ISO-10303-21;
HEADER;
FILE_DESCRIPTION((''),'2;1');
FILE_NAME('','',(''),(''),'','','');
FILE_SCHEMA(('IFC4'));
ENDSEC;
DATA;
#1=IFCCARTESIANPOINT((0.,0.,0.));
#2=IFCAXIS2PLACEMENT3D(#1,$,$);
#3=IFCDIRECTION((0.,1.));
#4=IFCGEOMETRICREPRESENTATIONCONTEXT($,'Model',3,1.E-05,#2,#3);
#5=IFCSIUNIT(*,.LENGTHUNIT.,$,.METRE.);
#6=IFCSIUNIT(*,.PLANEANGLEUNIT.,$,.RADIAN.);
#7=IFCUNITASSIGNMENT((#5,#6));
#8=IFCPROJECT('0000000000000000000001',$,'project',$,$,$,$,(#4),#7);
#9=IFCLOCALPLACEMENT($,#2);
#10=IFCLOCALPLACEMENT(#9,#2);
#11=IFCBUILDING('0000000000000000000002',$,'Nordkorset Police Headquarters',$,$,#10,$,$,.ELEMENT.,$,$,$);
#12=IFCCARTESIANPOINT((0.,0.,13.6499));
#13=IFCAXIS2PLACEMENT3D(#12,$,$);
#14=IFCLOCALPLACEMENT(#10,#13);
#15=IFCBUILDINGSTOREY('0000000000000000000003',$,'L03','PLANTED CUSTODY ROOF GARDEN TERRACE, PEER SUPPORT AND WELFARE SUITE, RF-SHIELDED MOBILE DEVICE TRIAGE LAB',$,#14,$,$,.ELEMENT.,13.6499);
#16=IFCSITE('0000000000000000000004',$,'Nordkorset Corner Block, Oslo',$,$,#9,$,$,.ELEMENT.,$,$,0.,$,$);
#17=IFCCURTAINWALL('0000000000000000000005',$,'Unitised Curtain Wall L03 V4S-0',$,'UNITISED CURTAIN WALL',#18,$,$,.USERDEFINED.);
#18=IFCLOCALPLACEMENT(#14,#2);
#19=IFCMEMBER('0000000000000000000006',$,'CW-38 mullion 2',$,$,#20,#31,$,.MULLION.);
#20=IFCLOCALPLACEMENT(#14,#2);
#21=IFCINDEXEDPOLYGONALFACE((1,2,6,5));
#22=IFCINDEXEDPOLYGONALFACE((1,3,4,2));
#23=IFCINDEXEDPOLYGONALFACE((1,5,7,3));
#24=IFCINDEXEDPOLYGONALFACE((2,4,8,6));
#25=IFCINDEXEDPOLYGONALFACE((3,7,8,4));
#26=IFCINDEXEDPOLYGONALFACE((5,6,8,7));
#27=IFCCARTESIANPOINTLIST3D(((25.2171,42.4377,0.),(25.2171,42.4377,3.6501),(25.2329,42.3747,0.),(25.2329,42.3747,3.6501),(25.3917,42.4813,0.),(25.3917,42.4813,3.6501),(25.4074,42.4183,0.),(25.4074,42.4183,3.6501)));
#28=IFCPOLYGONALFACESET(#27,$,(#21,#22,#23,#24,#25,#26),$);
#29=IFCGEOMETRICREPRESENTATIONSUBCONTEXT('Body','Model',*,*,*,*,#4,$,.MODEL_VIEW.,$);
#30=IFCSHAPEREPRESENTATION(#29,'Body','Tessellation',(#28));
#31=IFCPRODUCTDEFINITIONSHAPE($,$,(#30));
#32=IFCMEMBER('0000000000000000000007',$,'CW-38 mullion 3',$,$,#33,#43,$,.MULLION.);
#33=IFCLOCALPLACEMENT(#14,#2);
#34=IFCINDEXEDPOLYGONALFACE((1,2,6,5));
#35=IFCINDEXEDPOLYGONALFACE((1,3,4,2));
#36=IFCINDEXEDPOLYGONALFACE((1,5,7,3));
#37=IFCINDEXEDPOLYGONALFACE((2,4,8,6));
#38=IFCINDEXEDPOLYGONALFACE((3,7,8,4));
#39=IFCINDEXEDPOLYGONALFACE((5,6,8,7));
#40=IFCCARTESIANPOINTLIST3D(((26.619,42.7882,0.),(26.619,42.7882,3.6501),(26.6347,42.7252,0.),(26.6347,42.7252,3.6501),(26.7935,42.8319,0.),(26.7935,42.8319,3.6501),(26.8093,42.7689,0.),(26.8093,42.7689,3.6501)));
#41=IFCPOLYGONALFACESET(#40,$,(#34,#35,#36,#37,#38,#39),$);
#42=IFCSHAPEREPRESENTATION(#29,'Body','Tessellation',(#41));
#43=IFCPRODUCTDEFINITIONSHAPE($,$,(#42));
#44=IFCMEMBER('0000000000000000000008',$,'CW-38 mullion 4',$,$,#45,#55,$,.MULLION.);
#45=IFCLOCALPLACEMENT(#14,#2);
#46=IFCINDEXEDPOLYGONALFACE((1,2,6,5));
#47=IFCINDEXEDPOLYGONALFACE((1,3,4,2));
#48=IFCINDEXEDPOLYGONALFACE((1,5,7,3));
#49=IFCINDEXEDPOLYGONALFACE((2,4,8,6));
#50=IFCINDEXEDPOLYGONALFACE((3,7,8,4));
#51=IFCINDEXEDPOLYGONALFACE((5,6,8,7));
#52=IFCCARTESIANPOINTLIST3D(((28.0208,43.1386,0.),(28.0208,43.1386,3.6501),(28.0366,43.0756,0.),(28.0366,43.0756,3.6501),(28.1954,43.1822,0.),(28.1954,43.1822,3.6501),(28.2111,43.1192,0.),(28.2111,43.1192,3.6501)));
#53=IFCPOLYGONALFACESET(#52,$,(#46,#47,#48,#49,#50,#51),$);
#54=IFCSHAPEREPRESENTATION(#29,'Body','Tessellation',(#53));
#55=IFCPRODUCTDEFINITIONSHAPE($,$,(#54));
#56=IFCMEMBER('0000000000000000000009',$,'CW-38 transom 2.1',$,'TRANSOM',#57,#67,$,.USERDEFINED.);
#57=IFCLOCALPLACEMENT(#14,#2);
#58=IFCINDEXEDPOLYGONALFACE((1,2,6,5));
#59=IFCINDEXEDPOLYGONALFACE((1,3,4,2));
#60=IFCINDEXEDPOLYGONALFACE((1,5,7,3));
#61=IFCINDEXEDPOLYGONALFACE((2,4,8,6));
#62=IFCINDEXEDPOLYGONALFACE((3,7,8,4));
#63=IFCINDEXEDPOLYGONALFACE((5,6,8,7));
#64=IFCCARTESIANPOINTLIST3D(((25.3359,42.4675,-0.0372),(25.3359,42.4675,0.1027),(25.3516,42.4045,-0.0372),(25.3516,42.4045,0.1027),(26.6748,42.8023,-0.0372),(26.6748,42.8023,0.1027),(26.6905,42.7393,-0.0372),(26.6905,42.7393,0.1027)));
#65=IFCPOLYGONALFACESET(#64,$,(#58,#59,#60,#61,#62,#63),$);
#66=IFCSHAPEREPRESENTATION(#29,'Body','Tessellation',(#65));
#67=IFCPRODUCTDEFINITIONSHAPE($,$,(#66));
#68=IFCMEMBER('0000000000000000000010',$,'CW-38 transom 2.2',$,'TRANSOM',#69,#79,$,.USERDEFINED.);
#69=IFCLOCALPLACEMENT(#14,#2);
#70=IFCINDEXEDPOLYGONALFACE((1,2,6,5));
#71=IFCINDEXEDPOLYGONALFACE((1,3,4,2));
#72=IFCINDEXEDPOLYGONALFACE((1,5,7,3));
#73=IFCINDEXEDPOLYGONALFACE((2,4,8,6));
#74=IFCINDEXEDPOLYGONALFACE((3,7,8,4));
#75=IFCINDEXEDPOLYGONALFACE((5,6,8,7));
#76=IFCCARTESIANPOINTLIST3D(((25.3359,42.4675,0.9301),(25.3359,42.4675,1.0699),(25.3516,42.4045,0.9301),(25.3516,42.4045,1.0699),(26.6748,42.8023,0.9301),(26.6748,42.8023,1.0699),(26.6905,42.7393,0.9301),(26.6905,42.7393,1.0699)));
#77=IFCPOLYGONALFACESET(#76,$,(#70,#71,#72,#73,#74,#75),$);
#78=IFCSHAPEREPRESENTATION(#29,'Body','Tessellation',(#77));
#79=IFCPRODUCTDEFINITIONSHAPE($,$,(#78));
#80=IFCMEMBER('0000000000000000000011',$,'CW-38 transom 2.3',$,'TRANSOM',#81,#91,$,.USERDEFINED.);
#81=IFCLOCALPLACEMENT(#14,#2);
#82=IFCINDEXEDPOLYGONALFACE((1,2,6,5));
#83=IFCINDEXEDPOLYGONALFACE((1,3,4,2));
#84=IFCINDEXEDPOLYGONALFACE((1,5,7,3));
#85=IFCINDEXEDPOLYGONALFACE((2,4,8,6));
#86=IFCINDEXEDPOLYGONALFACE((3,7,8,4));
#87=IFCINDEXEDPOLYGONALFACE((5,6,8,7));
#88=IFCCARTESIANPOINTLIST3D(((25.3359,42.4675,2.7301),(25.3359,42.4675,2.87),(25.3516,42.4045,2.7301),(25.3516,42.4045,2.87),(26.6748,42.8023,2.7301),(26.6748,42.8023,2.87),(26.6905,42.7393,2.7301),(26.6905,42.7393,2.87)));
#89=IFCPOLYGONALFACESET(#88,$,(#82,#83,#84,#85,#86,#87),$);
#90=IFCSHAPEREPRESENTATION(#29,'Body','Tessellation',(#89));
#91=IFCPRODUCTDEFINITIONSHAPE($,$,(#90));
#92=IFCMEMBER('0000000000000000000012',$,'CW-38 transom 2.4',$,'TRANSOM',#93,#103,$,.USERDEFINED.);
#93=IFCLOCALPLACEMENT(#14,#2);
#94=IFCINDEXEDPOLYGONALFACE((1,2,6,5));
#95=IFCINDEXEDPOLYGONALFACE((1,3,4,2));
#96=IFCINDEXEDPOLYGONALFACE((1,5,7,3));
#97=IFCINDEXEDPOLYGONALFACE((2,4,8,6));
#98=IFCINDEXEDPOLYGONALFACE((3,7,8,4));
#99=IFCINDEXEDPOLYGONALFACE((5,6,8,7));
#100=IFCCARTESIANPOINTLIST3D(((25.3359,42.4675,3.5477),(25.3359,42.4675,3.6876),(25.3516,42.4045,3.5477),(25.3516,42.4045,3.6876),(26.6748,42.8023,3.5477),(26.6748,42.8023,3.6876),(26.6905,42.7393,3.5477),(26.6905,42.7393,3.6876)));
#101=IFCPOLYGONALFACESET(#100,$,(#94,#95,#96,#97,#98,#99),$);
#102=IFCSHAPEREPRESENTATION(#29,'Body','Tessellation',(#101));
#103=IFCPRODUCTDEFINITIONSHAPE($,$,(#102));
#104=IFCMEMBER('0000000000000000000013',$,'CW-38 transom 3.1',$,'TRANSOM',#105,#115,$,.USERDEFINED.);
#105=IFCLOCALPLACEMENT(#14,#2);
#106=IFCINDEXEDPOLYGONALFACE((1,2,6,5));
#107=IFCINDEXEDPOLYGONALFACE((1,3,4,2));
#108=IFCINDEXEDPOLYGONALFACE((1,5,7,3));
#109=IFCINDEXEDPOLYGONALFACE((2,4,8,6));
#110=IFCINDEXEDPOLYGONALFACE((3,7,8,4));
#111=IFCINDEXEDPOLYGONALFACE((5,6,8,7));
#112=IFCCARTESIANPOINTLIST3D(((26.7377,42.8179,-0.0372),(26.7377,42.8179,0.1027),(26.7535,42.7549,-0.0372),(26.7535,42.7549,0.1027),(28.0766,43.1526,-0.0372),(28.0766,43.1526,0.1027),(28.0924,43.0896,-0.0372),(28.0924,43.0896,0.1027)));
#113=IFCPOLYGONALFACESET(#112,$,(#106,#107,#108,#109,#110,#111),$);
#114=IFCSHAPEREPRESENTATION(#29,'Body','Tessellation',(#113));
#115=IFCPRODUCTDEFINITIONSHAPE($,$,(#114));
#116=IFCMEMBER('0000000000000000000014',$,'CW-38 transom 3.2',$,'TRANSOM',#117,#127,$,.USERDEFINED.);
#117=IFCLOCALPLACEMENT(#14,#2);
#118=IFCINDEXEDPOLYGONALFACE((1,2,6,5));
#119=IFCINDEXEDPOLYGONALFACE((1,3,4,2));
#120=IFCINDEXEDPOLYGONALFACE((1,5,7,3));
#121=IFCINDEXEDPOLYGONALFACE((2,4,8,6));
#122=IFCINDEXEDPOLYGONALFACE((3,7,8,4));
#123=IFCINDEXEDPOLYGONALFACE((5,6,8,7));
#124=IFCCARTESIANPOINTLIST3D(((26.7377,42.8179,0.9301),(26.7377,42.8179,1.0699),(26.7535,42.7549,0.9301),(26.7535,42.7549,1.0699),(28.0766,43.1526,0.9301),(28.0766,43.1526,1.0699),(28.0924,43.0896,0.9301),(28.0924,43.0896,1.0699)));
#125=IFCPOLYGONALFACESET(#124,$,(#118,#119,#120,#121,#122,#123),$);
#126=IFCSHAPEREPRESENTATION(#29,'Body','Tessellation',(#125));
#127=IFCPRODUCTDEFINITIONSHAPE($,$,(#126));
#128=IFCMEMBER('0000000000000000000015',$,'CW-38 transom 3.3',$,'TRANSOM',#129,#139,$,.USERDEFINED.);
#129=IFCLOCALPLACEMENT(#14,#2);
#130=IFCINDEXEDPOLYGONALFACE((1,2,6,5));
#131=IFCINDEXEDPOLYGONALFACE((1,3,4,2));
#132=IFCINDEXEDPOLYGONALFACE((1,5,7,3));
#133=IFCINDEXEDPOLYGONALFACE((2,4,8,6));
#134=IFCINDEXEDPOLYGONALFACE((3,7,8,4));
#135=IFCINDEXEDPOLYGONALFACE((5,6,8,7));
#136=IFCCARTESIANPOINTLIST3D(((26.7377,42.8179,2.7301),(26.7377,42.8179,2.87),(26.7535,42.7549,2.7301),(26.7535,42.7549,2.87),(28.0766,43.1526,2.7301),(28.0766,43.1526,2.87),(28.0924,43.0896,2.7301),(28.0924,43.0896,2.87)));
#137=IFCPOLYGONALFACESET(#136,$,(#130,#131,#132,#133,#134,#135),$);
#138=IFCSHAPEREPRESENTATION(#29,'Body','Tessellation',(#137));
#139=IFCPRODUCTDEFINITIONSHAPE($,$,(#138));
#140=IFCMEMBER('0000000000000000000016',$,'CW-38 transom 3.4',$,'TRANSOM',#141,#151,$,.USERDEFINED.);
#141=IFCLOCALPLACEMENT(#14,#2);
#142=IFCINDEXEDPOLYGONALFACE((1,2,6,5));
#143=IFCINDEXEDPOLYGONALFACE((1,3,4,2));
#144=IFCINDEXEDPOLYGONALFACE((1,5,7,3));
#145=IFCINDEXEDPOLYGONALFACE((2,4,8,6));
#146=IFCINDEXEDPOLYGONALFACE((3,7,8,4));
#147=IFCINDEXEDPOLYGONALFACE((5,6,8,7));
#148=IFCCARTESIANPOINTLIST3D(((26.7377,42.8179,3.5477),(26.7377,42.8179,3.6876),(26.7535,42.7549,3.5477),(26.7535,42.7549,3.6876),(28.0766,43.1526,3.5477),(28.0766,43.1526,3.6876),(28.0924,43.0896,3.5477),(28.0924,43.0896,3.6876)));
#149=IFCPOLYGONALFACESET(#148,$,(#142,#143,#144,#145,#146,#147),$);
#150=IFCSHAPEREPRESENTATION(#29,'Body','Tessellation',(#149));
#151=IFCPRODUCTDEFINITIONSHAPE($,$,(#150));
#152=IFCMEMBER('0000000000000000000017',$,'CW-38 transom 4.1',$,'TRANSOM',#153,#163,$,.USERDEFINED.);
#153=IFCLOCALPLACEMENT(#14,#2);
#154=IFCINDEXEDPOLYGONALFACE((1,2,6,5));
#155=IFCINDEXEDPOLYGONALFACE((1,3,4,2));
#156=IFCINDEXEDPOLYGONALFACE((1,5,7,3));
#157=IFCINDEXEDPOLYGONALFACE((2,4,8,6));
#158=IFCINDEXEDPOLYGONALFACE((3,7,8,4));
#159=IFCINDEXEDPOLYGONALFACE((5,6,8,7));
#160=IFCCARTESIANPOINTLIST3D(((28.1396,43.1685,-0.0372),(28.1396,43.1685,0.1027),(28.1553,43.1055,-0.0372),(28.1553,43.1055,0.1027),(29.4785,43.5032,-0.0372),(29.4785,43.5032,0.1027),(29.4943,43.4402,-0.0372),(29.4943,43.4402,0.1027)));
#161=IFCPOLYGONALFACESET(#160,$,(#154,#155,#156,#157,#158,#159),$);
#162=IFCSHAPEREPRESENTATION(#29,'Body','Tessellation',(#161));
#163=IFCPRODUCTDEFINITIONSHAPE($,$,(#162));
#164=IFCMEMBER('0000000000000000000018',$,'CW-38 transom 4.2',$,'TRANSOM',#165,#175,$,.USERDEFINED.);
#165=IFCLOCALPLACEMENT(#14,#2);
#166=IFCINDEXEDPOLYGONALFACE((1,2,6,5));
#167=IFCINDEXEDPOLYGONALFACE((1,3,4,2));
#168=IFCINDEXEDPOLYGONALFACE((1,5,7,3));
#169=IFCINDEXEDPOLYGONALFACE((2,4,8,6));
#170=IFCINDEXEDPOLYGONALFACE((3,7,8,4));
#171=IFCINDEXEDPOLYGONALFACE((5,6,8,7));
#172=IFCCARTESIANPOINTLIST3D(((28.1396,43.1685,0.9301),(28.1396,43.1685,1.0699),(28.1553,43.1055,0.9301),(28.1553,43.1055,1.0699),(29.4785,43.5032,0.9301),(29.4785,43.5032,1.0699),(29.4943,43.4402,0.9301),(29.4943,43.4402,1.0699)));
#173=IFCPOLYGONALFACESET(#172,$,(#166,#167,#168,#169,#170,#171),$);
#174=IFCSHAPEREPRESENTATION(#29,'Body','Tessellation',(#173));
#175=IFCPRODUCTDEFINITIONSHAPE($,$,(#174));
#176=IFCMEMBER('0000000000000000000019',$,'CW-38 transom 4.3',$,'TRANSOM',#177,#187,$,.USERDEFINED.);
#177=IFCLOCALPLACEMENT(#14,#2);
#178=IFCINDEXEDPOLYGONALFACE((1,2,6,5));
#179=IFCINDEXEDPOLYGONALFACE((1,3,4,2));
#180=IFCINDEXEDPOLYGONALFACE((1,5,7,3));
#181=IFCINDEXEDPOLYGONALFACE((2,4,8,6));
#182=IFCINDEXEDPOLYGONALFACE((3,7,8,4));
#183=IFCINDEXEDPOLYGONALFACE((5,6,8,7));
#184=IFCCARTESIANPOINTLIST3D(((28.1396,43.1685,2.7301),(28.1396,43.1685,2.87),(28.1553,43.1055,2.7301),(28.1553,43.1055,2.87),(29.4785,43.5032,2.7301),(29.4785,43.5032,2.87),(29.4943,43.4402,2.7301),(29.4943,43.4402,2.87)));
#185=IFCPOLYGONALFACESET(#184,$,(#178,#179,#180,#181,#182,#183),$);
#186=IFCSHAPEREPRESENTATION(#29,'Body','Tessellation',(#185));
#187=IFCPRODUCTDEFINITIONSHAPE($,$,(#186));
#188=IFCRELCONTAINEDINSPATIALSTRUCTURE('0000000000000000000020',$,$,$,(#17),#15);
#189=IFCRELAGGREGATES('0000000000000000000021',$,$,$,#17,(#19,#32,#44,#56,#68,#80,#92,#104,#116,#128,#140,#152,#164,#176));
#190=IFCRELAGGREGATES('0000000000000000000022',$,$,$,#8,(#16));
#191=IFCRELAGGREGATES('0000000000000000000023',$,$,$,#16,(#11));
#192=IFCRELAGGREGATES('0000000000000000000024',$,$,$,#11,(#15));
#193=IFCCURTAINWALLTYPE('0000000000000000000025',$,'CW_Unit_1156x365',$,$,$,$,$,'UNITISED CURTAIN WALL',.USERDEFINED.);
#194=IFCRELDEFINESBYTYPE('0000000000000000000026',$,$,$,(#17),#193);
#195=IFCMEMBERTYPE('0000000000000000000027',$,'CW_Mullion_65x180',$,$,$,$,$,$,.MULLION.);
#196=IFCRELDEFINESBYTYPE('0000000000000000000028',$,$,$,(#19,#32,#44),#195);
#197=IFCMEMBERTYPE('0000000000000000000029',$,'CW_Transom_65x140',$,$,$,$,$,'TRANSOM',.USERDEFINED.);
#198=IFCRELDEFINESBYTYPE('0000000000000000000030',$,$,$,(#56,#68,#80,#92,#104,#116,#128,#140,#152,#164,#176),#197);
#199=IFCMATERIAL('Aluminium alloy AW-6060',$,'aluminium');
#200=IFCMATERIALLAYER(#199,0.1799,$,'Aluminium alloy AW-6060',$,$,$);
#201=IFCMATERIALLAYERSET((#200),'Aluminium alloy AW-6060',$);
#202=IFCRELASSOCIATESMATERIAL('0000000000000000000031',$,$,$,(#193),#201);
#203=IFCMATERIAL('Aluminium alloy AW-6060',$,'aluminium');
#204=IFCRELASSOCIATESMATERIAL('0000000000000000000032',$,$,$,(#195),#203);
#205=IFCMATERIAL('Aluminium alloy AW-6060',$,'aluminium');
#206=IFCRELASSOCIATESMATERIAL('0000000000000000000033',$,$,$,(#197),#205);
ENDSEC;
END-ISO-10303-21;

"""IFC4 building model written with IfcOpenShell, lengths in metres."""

from ifc_helpers import new_model, si_unit, direction, frame, origin, origin_2d, place, context, subcontext, project, spatial, rectangle, extrude, material, layer, layer_set, material_profile, profile_set, type_object, element, aggregate, save


model = new_model("IFC4")

# Units and contexts
model_context = context("Model", 3, precision=1e-05, world=origin(), true_north=direction((0.0, 1.0)))
body_context = subcontext(model_context, "Body", "Model", "MODEL_VIEW")
ifc_project = project(units=[si_unit("LENGTHUNIT", "METRE"), si_unit("PLANEANGLEUNIT", "RADIAN")], contexts=[model_context])

# Site, building, storey
site_placement = place(None, origin())
site = spatial("IfcSite", under=ifc_project, at=site_placement, Name="Nordkorset Corner Block, Oslo", CompositionType="ELEMENT", RefElevation=0.0)
building_placement = place(site_placement, origin())
building = spatial("IfcBuilding", under=site, at=building_placement, Name="Nordkorset Police Headquarters", CompositionType="ELEMENT")
storey_placement = place(building_placement, frame((0.0, 0.0, 13.6499)))
storey = spatial("IfcBuildingStorey", under=building, at=storey_placement, Name="L03", Description="PLANTED CUSTODY ROOF GARDEN TERRACE, PEER SUPPORT AND WELFARE SUITE, RF-SHIELDED MOBILE DEVICE TRIAGE LAB", CompositionType="ELEMENT", Elevation=13.6499)

# Curtain wall, members
ifc_material_1 = material(Name="Aluminium alloy AW-6060", Category="aluminium")
ifc_layer_1 = layer(ifc_material_1, 0.1799, Name="Aluminium alloy AW-6060")
ifc_layer_set_1 = layer_set([ifc_layer_1], Name="Aluminium alloy AW-6060")
curtain_wall_type = type_object("IfcCurtainWallType", Name="CW_Unit_1156x365", ElementType="UNITISED CURTAIN WALL", PredefinedType="USERDEFINED", material=ifc_layer_set_1)
curtain_wall_placement = place(storey_placement, origin())
curtain_wall = element("IfcCurtainWall", 1, at=curtain_wall_placement, inside=storey, type_object=curtain_wall_type, Name="Unitised Curtain Wall L03 V4S-0", ObjectType="UNITISED CURTAIN WALL", PredefinedType="USERDEFINED")
ifc_material_2 = material(Name="Aluminium alloy AW-6060", Category="aluminium")
ifc_material_profile_1 = material_profile(ifc_material_2, rectangle(XDim=0.0649, YDim=0.1799, at=origin_2d()), Name="ALU MULL 65x180")
ifc_profile_set_1 = profile_set([ifc_material_profile_1], Name="Aluminium alloy AW-6060")
member_type_1 = type_object("IfcMemberType", Name="CW_Mullion_65x180", PredefinedType="MULLION", material=ifc_profile_set_1)
member_1_placement = place(storey_placement, frame((25.3123, 42.428, 0.0), z_axis=(0.0, 0.0, 1.0), x_axis=(-0.242536, 0.970143, 0.0)))
member_1 = element("IfcMember", 2, at=member_1_placement, type_object=member_type_1, Name="CW-38 mullion 2", PredefinedType="MULLION", context=body_context, shape_type="SweptSolid", body=[
    extrude(rectangle(XDim=0.0649, YDim=0.1799, at=origin_2d()), origin(), (0.0, 0.0, 1.0), 3.6501),
])
member_2_placement = place(storey_placement, frame((26.7141, 42.7786, 0.0), z_axis=(0.0, 0.0, 1.0), x_axis=(-0.242536, 0.970143, 0.0)))
member_2 = element("IfcMember", 3, at=member_2_placement, type_object=member_type_1, Name="CW-38 mullion 3", PredefinedType="MULLION", context=body_context, shape_type="SweptSolid", body=[
    extrude(rectangle(XDim=0.0649, YDim=0.1799, at=origin_2d()), origin(), (0.0, 0.0, 1.0), 3.6501),
])
member_3_placement = place(storey_placement, frame((28.116, 43.1289, 0.0), z_axis=(0.0, 0.0, 1.0), x_axis=(-0.242536, 0.970143, 0.0)))
member_3 = element("IfcMember", 4, at=member_3_placement, type_object=member_type_1, Name="CW-38 mullion 4", PredefinedType="MULLION", context=body_context, shape_type="SweptSolid", body=[
    extrude(rectangle(XDim=0.0649, YDim=0.1799, at=origin_2d()), origin(), (0.0, 0.0, 1.0), 3.6501),
])
ifc_material_3 = material(Name="Aluminium alloy AW-6060", Category="aluminium")
ifc_material_profile_2 = material_profile(ifc_material_3, rectangle(XDim=0.0649, YDim=0.1399, at=origin_2d()), Name="ALU TRAN 65x140")
ifc_profile_set_2 = profile_set([ifc_material_profile_2], Name="Aluminium alloy AW-6060")
member_type_2 = type_object("IfcMemberType", Name="CW_Transom_65x140", ElementType="TRANSOM", PredefinedType="USERDEFINED", material=ifc_profile_set_2)
member_4_placement = place(storey_placement, frame((25.3438, 42.436, 0.0327), z_axis=(0.970143, 0.242536, 0.0), x_axis=(-0.242536, 0.970143, 0.0)))
member_4 = element("IfcMember", 5, at=member_4_placement, type_object=member_type_2, Name="CW-38 transom 2.1", ObjectType="TRANSOM", PredefinedType="USERDEFINED", context=body_context, shape_type="SweptSolid", body=[
    extrude(rectangle(XDim=0.0649, YDim=0.1399, at=origin_2d()), origin(), (0.0, 0.0, 1.0), 1.3801),
])
member_5_placement = place(storey_placement, frame((25.3438, 42.436, 1.0), z_axis=(0.970143, 0.242536, 0.0), x_axis=(-0.242536, 0.970143, 0.0)))
member_5 = element("IfcMember", 6, at=member_5_placement, type_object=member_type_2, Name="CW-38 transom 2.2", ObjectType="TRANSOM", PredefinedType="USERDEFINED", context=body_context, shape_type="SweptSolid", body=[
    extrude(rectangle(XDim=0.0649, YDim=0.1399, at=origin_2d()), origin(), (0.0, 0.0, 1.0), 1.3801),
])
member_6_placement = place(storey_placement, frame((25.3438, 42.436, 2.8), z_axis=(0.970143, 0.242536, 0.0), x_axis=(-0.242536, 0.970143, 0.0)))
member_6 = element("IfcMember", 7, at=member_6_placement, type_object=member_type_2, Name="CW-38 transom 2.3", ObjectType="TRANSOM", PredefinedType="USERDEFINED", context=body_context, shape_type="SweptSolid", body=[
    extrude(rectangle(XDim=0.0649, YDim=0.1399, at=origin_2d()), origin(), (0.0, 0.0, 1.0), 1.3801),
])
member_7_placement = place(storey_placement, frame((25.3438, 42.436, 3.6177), z_axis=(0.970143, 0.242536, 0.0), x_axis=(-0.242536, 0.970143, 0.0)))
member_7 = element("IfcMember", 8, at=member_7_placement, type_object=member_type_2, Name="CW-38 transom 2.4", ObjectType="TRANSOM", PredefinedType="USERDEFINED", context=body_context, shape_type="SweptSolid", body=[
    extrude(rectangle(XDim=0.0649, YDim=0.1399, at=origin_2d()), origin(), (0.0, 0.0, 1.0), 1.3801),
])
member_8_placement = place(storey_placement, frame((26.7456, 42.7864, 0.0327), z_axis=(0.970143, 0.242536, 0.0), x_axis=(-0.242536, 0.970143, 0.0)))
member_8 = element("IfcMember", 9, at=member_8_placement, type_object=member_type_2, Name="CW-38 transom 3.1", ObjectType="TRANSOM", PredefinedType="USERDEFINED", context=body_context, shape_type="SweptSolid", body=[
    extrude(rectangle(XDim=0.0649, YDim=0.1399, at=origin_2d()), origin(), (0.0, 0.0, 1.0), 1.3801),
])
member_9_placement = place(storey_placement, frame((26.7456, 42.7864, 1.0), z_axis=(0.970143, 0.242536, 0.0), x_axis=(-0.242536, 0.970143, 0.0)))
member_9 = element("IfcMember", 10, at=member_9_placement, type_object=member_type_2, Name="CW-38 transom 3.2", ObjectType="TRANSOM", PredefinedType="USERDEFINED", context=body_context, shape_type="SweptSolid", body=[
    extrude(rectangle(XDim=0.0649, YDim=0.1399, at=origin_2d()), origin(), (0.0, 0.0, 1.0), 1.3801),
])
member_10_placement = place(storey_placement, frame((26.7456, 42.7864, 2.8), z_axis=(0.970143, 0.242536, 0.0), x_axis=(-0.242536, 0.970143, 0.0)))
member_10 = element("IfcMember", 11, at=member_10_placement, type_object=member_type_2, Name="CW-38 transom 3.3", ObjectType="TRANSOM", PredefinedType="USERDEFINED", context=body_context, shape_type="SweptSolid", body=[
    extrude(rectangle(XDim=0.0649, YDim=0.1399, at=origin_2d()), origin(), (0.0, 0.0, 1.0), 1.3801),
])
member_11_placement = place(storey_placement, frame((26.7456, 42.7864, 3.6177), z_axis=(0.970143, 0.242536, 0.0), x_axis=(-0.242536, 0.970143, 0.0)))
member_11 = element("IfcMember", 12, at=member_11_placement, type_object=member_type_2, Name="CW-38 transom 3.4", ObjectType="TRANSOM", PredefinedType="USERDEFINED", context=body_context, shape_type="SweptSolid", body=[
    extrude(rectangle(XDim=0.0649, YDim=0.1399, at=origin_2d()), origin(), (0.0, 0.0, 1.0), 1.3801),
])
member_12_placement = place(storey_placement, frame((28.1475, 43.137, 0.0327), z_axis=(0.970143, 0.242536, 0.0), x_axis=(-0.242536, 0.970143, 0.0)))
member_12 = element("IfcMember", 13, at=member_12_placement, type_object=member_type_2, Name="CW-38 transom 4.1", ObjectType="TRANSOM", PredefinedType="USERDEFINED", context=body_context, shape_type="SweptSolid", body=[
    extrude(rectangle(XDim=0.0649, YDim=0.1399, at=origin_2d()), origin(), (0.0, 0.0, 1.0), 1.3801),
])
member_13_placement = place(storey_placement, frame((28.1475, 43.137, 1.0), z_axis=(0.970143, 0.242536, 0.0), x_axis=(-0.242536, 0.970143, 0.0)))
member_13 = element("IfcMember", 14, at=member_13_placement, type_object=member_type_2, Name="CW-38 transom 4.2", ObjectType="TRANSOM", PredefinedType="USERDEFINED", context=body_context, shape_type="SweptSolid", body=[
    extrude(rectangle(XDim=0.0649, YDim=0.1399, at=origin_2d()), origin(), (0.0, 0.0, 1.0), 1.3801),
])
member_14_placement = place(storey_placement, frame((28.1475, 43.137, 2.8), z_axis=(0.970143, 0.242536, 0.0), x_axis=(-0.242536, 0.970143, 0.0)))
member_14 = element("IfcMember", 15, at=member_14_placement, type_object=member_type_2, Name="CW-38 transom 4.3", ObjectType="TRANSOM", PredefinedType="USERDEFINED", context=body_context, shape_type="SweptSolid", body=[
    extrude(rectangle(XDim=0.0649, YDim=0.1399, at=origin_2d()), origin(), (0.0, 0.0, 1.0), 1.3801),
])
aggregate(curtain_wall, [member_1, member_2, member_3, member_4, member_5, member_6, member_7, member_8, member_9, member_10, member_11, member_12, member_13, member_14])

save(model, "model.ifc")
